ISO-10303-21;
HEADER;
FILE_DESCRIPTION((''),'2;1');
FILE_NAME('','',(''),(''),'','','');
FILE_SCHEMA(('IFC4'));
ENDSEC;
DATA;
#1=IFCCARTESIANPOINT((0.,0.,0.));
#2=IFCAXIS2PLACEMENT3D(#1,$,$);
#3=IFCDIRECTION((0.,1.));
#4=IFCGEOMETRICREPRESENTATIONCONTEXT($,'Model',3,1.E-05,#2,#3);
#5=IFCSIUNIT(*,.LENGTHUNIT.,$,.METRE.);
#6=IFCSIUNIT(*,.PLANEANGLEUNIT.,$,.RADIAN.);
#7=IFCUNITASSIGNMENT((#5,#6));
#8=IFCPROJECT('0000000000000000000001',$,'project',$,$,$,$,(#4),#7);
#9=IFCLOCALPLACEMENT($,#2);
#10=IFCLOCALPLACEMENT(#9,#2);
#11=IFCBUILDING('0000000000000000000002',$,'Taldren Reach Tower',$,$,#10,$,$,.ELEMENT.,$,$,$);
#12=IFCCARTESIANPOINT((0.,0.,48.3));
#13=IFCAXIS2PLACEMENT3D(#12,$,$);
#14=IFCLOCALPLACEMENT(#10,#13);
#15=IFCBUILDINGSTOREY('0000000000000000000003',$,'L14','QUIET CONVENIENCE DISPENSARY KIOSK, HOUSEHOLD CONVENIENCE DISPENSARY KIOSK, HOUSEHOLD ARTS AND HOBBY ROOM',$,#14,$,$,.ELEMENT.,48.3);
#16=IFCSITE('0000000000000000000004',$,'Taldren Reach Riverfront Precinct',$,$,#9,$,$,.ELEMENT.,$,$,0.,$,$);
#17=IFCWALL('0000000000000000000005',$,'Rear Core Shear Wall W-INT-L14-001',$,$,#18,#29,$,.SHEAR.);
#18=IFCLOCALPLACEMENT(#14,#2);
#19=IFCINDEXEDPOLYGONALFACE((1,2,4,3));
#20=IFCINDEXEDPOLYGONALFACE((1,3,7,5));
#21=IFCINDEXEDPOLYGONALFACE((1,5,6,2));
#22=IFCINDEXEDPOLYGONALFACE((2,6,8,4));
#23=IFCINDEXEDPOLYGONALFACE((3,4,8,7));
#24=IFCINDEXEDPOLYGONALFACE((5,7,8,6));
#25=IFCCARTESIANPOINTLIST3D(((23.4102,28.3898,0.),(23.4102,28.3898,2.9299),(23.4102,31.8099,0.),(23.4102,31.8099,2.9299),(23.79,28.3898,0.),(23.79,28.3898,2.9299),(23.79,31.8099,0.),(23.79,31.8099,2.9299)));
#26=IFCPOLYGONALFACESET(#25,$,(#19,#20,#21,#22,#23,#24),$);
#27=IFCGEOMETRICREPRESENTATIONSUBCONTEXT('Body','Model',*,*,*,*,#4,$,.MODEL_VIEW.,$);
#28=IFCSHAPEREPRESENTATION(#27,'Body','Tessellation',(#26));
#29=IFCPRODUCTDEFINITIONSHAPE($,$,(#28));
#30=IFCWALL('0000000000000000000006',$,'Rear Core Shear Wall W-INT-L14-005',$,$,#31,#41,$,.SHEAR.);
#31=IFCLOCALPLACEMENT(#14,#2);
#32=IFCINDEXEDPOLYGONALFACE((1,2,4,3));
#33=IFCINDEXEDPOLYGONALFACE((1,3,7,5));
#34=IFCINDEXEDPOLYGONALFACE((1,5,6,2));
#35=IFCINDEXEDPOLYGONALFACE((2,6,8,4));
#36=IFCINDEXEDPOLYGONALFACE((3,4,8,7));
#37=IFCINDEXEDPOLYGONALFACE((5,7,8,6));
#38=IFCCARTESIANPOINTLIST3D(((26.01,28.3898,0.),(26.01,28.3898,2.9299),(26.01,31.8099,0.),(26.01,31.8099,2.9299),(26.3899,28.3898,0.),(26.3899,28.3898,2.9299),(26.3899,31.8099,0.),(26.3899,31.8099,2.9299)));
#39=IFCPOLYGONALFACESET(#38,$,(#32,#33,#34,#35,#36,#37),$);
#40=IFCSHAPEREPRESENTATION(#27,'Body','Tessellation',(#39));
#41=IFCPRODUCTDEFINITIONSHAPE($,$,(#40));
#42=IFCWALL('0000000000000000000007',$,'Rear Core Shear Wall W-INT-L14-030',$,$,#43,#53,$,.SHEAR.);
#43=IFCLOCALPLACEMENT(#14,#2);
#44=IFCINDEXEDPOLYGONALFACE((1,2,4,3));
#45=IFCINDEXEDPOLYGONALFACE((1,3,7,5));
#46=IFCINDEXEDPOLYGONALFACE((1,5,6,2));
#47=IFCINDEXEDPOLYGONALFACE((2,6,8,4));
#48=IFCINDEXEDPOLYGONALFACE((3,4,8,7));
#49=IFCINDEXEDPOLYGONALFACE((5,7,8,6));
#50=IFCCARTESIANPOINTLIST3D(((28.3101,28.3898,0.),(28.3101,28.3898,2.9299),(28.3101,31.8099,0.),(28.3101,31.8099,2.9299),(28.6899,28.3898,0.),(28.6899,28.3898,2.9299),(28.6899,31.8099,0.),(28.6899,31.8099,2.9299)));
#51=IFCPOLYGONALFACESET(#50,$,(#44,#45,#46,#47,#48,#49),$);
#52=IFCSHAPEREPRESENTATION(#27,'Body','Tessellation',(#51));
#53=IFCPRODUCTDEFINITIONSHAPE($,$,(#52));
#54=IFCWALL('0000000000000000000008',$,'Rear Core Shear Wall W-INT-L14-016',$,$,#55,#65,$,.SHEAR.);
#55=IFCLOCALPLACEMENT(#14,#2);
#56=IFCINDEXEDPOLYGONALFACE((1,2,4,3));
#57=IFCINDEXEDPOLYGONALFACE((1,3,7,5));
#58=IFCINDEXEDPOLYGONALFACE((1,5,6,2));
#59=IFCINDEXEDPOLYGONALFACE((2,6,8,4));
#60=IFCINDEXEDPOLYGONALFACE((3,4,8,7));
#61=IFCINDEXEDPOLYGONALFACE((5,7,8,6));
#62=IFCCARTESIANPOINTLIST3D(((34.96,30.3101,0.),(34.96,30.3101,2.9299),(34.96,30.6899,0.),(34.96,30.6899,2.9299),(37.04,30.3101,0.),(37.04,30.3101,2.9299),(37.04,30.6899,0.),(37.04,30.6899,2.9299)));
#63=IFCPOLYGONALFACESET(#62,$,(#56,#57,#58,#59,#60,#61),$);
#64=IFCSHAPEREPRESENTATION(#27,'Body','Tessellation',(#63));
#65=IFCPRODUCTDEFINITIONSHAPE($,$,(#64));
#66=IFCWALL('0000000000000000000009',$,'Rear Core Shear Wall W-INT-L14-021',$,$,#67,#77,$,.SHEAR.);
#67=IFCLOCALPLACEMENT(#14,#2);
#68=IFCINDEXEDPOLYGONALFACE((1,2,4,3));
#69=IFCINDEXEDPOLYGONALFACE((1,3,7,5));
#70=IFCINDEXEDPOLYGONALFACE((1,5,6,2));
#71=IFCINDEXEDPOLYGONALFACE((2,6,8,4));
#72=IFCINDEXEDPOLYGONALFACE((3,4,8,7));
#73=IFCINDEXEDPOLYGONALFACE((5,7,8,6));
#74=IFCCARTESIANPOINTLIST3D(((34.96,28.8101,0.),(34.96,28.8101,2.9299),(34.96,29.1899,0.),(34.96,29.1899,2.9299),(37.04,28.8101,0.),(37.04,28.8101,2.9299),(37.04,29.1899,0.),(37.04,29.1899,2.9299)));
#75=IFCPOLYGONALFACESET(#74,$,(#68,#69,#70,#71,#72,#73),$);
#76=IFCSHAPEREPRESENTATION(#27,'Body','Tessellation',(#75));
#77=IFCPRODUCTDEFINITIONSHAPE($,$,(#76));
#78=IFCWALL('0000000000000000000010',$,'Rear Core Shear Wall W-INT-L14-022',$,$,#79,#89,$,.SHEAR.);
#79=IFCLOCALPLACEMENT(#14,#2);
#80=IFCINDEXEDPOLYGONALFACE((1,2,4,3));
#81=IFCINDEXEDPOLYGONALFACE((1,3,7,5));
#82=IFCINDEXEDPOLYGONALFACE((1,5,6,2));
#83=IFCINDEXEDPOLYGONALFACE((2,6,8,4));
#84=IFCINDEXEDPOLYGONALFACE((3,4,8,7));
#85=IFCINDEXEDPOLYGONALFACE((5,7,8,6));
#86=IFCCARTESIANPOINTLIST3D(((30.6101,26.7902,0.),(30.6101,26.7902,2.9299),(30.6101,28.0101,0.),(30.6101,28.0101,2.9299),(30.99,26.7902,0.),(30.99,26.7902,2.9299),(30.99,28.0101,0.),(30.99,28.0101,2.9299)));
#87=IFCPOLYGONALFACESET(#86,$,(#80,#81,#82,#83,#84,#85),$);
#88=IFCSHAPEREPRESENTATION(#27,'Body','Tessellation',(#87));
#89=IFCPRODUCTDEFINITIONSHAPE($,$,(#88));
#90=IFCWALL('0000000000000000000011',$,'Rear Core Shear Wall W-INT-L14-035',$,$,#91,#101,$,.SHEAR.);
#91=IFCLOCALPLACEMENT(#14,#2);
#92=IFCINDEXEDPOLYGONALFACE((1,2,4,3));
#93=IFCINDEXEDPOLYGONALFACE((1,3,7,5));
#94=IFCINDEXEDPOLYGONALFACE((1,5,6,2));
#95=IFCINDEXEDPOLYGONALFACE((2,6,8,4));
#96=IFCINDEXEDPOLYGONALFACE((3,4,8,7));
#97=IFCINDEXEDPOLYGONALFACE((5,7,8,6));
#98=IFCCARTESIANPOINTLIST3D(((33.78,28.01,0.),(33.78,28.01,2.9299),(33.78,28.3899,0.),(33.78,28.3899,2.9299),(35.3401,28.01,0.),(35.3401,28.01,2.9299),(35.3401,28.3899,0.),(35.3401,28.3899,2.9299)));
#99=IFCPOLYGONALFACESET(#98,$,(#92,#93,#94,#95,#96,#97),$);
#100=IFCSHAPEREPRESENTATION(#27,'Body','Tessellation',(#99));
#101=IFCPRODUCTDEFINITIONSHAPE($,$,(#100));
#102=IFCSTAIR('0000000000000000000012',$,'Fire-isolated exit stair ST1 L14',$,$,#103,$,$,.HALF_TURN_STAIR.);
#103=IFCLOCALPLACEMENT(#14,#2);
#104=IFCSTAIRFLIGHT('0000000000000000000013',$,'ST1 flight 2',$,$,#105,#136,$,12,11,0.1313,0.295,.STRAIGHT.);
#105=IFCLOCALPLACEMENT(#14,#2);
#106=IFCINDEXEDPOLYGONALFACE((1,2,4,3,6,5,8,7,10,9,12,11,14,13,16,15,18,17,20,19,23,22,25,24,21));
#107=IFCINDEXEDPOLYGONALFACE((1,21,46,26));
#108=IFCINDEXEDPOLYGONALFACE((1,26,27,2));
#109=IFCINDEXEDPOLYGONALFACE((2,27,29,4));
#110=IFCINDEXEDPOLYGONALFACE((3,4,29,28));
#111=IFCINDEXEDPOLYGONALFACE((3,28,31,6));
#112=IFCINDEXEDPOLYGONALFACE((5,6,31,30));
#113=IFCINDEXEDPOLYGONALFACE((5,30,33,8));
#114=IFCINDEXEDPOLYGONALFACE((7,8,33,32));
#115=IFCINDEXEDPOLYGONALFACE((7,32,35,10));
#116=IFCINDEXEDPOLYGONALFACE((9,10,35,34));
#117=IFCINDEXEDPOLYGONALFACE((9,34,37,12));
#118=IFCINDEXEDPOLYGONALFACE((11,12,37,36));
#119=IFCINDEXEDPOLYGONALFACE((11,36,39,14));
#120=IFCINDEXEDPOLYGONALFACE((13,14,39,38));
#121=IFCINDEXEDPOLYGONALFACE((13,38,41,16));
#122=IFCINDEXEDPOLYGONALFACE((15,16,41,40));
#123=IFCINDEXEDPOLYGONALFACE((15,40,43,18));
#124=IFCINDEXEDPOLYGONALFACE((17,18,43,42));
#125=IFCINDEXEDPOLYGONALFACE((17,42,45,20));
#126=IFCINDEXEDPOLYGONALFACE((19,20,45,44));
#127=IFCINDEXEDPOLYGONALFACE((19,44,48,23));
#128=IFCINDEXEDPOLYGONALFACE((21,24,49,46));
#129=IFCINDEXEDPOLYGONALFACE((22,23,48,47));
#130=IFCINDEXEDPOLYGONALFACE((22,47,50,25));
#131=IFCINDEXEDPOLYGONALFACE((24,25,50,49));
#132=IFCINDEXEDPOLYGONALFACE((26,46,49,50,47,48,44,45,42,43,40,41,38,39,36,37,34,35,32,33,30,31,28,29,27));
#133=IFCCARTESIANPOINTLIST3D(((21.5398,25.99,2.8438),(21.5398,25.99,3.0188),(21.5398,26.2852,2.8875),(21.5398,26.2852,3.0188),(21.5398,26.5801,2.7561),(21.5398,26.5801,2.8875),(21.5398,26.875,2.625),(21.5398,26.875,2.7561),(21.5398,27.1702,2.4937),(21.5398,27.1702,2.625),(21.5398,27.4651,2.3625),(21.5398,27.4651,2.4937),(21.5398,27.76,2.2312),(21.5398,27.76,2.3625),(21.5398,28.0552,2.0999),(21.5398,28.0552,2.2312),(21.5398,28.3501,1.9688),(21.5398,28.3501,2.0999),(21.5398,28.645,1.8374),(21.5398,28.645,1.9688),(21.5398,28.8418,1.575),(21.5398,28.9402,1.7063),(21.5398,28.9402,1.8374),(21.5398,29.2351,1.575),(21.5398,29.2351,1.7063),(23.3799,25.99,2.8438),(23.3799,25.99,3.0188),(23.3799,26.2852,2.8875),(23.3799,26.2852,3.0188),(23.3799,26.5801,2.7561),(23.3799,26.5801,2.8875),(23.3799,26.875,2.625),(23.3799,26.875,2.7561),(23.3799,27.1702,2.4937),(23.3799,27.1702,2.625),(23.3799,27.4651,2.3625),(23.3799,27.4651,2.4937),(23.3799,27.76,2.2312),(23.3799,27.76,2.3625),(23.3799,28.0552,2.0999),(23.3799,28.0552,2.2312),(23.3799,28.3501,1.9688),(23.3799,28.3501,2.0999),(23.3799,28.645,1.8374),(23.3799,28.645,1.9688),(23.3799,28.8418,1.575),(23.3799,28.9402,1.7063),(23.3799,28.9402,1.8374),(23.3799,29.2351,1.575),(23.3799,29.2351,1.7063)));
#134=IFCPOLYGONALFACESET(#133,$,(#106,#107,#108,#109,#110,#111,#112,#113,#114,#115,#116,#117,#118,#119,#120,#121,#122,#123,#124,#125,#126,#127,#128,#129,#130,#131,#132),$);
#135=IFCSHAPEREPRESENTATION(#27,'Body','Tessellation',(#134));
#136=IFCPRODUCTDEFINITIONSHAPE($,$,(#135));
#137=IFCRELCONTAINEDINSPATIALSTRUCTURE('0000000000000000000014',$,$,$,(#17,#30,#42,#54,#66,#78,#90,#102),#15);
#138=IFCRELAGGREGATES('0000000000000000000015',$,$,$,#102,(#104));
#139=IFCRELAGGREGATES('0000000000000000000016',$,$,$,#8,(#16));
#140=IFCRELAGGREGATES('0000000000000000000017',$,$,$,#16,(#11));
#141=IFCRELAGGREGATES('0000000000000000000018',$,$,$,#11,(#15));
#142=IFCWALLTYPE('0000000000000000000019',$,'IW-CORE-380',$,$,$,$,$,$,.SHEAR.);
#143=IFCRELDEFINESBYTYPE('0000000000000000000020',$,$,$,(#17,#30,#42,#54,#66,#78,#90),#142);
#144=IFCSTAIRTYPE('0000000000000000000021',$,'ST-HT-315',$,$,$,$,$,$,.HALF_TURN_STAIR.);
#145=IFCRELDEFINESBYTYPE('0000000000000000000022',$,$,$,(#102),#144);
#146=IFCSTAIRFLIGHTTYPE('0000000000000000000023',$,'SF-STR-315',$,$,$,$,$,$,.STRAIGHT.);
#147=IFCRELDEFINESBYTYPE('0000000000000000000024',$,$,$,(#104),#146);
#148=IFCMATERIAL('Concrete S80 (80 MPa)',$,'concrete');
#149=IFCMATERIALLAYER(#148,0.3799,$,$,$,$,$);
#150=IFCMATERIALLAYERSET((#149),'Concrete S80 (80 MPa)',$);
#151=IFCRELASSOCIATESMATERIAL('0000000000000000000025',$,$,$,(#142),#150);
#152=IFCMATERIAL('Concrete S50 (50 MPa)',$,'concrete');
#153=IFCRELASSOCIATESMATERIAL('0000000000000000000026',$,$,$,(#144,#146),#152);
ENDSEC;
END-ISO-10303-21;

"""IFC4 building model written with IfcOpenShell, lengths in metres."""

from ifc_helpers import new_model, si_unit, direction, frame, frame_2d, origin, place, context, subcontext, project, spatial, polyline, rectangle, outline, extrude, source, transform, mapped, material, layer, layer_set, type_object, element, aggregate, save


model = new_model("IFC4")

# Units and contexts
model_context = context("Model", 3, precision=1e-05, world=origin(), true_north=direction((0.0, 1.0)))
body_context = subcontext(model_context, "Body", "Model", "MODEL_VIEW")
ifc_project = project(units=[si_unit("LENGTHUNIT", "METRE"), si_unit("PLANEANGLEUNIT", "RADIAN")], contexts=[model_context])

# Site, building, storey
site_placement = place(None, origin())
site = spatial("IfcSite", under=ifc_project, at=site_placement, Name="Taldren Reach Riverfront Precinct", CompositionType="ELEMENT", RefElevation=0.0)
building_placement = place(site_placement, origin())
building = spatial("IfcBuilding", under=site, at=building_placement, Name="Taldren Reach Tower", CompositionType="ELEMENT")
storey_placement = place(building_placement, frame((0.0, 0.0, 48.3)))
storey = spatial("IfcBuildingStorey", under=building, at=storey_placement, Name="L14", Description="QUIET CONVENIENCE DISPENSARY KIOSK, HOUSEHOLD CONVENIENCE DISPENSARY KIOSK, HOUSEHOLD ARTS AND HOBBY ROOM", CompositionType="ELEMENT", Elevation=48.3)

# Walls
ifc_material_1 = material(Name="Concrete S80 (80 MPa)", Category="concrete")
ifc_layer_1 = layer(ifc_material_1, 0.3799)
ifc_layer_set_1 = layer_set([ifc_layer_1], Name="Concrete S80 (80 MPa)")
wall_type = type_object("IfcWallType", Name="IW-CORE-380", PredefinedType="SHEAR", material=ifc_layer_set_1)
shared_shape_1 = source(origin(), body_context, "Body", "SweptSolid", [
    extrude(rectangle(XDim=3.4202, YDim=0.3799, at=frame_2d((1.71, 0.0))), origin(), (0.0, 0.0, 1.0), 2.9299),
])
for number, where, z_axis, x_axis, name in (
    (1, (23.6001, 28.3899, 0.0), (0.0, 0.0, 1.0), (0.0, 1.0, 0.0), "Rear Core Shear Wall W-INT-L14-001"),
    (2, (26.2, 28.3899, 0.0), (0.0, 0.0, 1.0), (0.0, 1.0, 0.0), "Rear Core Shear Wall W-INT-L14-005"),
    (3, (28.5, 28.3899, 0.0), (0.0, 0.0, 1.0), (0.0, 1.0, 0.0), "Rear Core Shear Wall W-INT-L14-030"),
):
    element("IfcWall", number, at=place(storey_placement, frame(where, z_axis=z_axis, x_axis=x_axis)), inside=storey, type_object=wall_type, Name=name, PredefinedType="SHEAR", context=body_context, shape_type="MappedRepresentation", body=[
        mapped(shared_shape_1, transform((0.0, 0.0, 0.0), scale=1.0)),
    ])

# Walls
shared_shape_2 = source(origin(), body_context, "Body", "SweptSolid", [
    extrude(rectangle(XDim=2.0801, YDim=0.3799, at=frame_2d((1.04, 0.0))), origin(), (0.0, 0.0, 1.0), 2.9299),
])
for number, where, z_axis, x_axis, name in (
    (4, (34.96, 30.5, 0.0), (0.0, 0.0, 1.0), (1.0, 0.0, 0.0), "Rear Core Shear Wall W-INT-L14-016"),
    (5, (34.96, 29.0, 0.0), (0.0, 0.0, 1.0), (1.0, 0.0, 0.0), "Rear Core Shear Wall W-INT-L14-021"),
):
    element("IfcWall", number, at=place(storey_placement, frame(where, z_axis=z_axis, x_axis=x_axis)), inside=storey, type_object=wall_type, Name=name, PredefinedType="SHEAR", context=body_context, shape_type="MappedRepresentation", body=[
        mapped(shared_shape_2, transform((0.0, 0.0, 0.0), scale=1.0)),
    ])
shared_shape_3 = source(origin(), body_context, "Body", "SweptSolid", [
    extrude(rectangle(XDim=1.22, YDim=0.3799, at=frame_2d((0.6099, 0.0))), origin(), (0.0, 0.0, 1.0), 2.9299),
])
wall_1_placement = place(storey_placement, frame((30.8, 28.01, 0.0), z_axis=(0.0, 0.0, 1.0), x_axis=(0.0, -1.0, 0.0)))
element("IfcWall", 6, at=wall_1_placement, inside=storey, type_object=wall_type, Name="Rear Core Shear Wall W-INT-L14-022", PredefinedType="SHEAR", context=body_context, shape_type="MappedRepresentation", body=[
    mapped(shared_shape_3, transform((0.0, 0.0, 0.0), scale=1.0)),
])

# Wall
shared_shape_4 = source(origin(), body_context, "Body", "SweptSolid", [
    extrude(rectangle(XDim=1.5601, YDim=0.3799, at=frame_2d((0.78, 0.0))), origin(), (0.0, 0.0, 1.0), 2.9299),
])
wall_2_placement = place(storey_placement, frame((33.78, 28.2, 0.0), z_axis=(0.0, 0.0, 1.0), x_axis=(1.0, 0.0, 0.0)))
element("IfcWall", 7, at=wall_2_placement, inside=storey, type_object=wall_type, Name="Rear Core Shear Wall W-INT-L14-035", PredefinedType="SHEAR", context=body_context, shape_type="MappedRepresentation", body=[
    mapped(shared_shape_4, transform((0.0, 0.0, 0.0), scale=1.0)),
])

# Stair, stair flight
ifc_material_2 = material(Name="Concrete S50 (50 MPa)", Category="concrete")
stair_type = type_object("IfcStairType", Name="ST-HT-315", PredefinedType="HALF_TURN_STAIR", material=ifc_material_2)
stair_placement = place(storey_placement, origin())
stair = element("IfcStair", 8, at=stair_placement, inside=storey, type_object=stair_type, Name="Fire-isolated exit stair ST1 L14", PredefinedType="HALF_TURN_STAIR")
stair_flight_type = type_object("IfcStairFlightType", Name="SF-STR-315", PredefinedType="STRAIGHT", material=ifc_material_2)
stair_flight_placement = place(storey_placement, frame((22.46, 29.2351, 1.575), z_axis=(0.0, 0.0, 1.0), x_axis=(0.0, -1.0, 0.0)))
stair_flight = element("IfcStairFlight", 9, at=stair_flight_placement, type_object=stair_flight_type, Name="ST1 flight 2", NumberOfRisers=12, NumberOfTreads=11, PredefinedType="STRAIGHT", RiserHeight=0.1313, TreadLength=0.295, context=body_context, shape_type="SweptSolid", body=[
    extrude(outline(polyline([(0.0, 0.0), (0.0, 0.1313), (0.2949, 0.1313), (0.2949, 0.2625), (0.5901, 0.2625), (0.5901, 0.3938), (0.885, 0.3938), (0.885, 0.5249), (1.1799, 0.5249), (1.1799, 0.6562), (1.4751, 0.6562), (1.4751, 0.7876), (1.77, 0.7876), (1.77, 0.9187), (2.0649, 0.9187), (2.0649, 1.05), (2.3601, 1.05), (2.3601, 1.1812), (2.655, 1.1812), (2.655, 1.3125), (2.95, 1.3125), (2.95, 1.4438), (3.2451, 1.4438), (3.2451, 1.575), (3.2451, 1.2688), (0.3933, 0.0), (0.0, 0.0)])), frame((0.0, 0.9199, 0.0), z_axis=(0.0, -1.0, 0.0), x_axis=(1.0, 0.0, 0.0)), (0.0, 0.0, 1.0), 1.8401),
])
aggregate(stair, [stair_flight])

save(model, "model.ifc")
